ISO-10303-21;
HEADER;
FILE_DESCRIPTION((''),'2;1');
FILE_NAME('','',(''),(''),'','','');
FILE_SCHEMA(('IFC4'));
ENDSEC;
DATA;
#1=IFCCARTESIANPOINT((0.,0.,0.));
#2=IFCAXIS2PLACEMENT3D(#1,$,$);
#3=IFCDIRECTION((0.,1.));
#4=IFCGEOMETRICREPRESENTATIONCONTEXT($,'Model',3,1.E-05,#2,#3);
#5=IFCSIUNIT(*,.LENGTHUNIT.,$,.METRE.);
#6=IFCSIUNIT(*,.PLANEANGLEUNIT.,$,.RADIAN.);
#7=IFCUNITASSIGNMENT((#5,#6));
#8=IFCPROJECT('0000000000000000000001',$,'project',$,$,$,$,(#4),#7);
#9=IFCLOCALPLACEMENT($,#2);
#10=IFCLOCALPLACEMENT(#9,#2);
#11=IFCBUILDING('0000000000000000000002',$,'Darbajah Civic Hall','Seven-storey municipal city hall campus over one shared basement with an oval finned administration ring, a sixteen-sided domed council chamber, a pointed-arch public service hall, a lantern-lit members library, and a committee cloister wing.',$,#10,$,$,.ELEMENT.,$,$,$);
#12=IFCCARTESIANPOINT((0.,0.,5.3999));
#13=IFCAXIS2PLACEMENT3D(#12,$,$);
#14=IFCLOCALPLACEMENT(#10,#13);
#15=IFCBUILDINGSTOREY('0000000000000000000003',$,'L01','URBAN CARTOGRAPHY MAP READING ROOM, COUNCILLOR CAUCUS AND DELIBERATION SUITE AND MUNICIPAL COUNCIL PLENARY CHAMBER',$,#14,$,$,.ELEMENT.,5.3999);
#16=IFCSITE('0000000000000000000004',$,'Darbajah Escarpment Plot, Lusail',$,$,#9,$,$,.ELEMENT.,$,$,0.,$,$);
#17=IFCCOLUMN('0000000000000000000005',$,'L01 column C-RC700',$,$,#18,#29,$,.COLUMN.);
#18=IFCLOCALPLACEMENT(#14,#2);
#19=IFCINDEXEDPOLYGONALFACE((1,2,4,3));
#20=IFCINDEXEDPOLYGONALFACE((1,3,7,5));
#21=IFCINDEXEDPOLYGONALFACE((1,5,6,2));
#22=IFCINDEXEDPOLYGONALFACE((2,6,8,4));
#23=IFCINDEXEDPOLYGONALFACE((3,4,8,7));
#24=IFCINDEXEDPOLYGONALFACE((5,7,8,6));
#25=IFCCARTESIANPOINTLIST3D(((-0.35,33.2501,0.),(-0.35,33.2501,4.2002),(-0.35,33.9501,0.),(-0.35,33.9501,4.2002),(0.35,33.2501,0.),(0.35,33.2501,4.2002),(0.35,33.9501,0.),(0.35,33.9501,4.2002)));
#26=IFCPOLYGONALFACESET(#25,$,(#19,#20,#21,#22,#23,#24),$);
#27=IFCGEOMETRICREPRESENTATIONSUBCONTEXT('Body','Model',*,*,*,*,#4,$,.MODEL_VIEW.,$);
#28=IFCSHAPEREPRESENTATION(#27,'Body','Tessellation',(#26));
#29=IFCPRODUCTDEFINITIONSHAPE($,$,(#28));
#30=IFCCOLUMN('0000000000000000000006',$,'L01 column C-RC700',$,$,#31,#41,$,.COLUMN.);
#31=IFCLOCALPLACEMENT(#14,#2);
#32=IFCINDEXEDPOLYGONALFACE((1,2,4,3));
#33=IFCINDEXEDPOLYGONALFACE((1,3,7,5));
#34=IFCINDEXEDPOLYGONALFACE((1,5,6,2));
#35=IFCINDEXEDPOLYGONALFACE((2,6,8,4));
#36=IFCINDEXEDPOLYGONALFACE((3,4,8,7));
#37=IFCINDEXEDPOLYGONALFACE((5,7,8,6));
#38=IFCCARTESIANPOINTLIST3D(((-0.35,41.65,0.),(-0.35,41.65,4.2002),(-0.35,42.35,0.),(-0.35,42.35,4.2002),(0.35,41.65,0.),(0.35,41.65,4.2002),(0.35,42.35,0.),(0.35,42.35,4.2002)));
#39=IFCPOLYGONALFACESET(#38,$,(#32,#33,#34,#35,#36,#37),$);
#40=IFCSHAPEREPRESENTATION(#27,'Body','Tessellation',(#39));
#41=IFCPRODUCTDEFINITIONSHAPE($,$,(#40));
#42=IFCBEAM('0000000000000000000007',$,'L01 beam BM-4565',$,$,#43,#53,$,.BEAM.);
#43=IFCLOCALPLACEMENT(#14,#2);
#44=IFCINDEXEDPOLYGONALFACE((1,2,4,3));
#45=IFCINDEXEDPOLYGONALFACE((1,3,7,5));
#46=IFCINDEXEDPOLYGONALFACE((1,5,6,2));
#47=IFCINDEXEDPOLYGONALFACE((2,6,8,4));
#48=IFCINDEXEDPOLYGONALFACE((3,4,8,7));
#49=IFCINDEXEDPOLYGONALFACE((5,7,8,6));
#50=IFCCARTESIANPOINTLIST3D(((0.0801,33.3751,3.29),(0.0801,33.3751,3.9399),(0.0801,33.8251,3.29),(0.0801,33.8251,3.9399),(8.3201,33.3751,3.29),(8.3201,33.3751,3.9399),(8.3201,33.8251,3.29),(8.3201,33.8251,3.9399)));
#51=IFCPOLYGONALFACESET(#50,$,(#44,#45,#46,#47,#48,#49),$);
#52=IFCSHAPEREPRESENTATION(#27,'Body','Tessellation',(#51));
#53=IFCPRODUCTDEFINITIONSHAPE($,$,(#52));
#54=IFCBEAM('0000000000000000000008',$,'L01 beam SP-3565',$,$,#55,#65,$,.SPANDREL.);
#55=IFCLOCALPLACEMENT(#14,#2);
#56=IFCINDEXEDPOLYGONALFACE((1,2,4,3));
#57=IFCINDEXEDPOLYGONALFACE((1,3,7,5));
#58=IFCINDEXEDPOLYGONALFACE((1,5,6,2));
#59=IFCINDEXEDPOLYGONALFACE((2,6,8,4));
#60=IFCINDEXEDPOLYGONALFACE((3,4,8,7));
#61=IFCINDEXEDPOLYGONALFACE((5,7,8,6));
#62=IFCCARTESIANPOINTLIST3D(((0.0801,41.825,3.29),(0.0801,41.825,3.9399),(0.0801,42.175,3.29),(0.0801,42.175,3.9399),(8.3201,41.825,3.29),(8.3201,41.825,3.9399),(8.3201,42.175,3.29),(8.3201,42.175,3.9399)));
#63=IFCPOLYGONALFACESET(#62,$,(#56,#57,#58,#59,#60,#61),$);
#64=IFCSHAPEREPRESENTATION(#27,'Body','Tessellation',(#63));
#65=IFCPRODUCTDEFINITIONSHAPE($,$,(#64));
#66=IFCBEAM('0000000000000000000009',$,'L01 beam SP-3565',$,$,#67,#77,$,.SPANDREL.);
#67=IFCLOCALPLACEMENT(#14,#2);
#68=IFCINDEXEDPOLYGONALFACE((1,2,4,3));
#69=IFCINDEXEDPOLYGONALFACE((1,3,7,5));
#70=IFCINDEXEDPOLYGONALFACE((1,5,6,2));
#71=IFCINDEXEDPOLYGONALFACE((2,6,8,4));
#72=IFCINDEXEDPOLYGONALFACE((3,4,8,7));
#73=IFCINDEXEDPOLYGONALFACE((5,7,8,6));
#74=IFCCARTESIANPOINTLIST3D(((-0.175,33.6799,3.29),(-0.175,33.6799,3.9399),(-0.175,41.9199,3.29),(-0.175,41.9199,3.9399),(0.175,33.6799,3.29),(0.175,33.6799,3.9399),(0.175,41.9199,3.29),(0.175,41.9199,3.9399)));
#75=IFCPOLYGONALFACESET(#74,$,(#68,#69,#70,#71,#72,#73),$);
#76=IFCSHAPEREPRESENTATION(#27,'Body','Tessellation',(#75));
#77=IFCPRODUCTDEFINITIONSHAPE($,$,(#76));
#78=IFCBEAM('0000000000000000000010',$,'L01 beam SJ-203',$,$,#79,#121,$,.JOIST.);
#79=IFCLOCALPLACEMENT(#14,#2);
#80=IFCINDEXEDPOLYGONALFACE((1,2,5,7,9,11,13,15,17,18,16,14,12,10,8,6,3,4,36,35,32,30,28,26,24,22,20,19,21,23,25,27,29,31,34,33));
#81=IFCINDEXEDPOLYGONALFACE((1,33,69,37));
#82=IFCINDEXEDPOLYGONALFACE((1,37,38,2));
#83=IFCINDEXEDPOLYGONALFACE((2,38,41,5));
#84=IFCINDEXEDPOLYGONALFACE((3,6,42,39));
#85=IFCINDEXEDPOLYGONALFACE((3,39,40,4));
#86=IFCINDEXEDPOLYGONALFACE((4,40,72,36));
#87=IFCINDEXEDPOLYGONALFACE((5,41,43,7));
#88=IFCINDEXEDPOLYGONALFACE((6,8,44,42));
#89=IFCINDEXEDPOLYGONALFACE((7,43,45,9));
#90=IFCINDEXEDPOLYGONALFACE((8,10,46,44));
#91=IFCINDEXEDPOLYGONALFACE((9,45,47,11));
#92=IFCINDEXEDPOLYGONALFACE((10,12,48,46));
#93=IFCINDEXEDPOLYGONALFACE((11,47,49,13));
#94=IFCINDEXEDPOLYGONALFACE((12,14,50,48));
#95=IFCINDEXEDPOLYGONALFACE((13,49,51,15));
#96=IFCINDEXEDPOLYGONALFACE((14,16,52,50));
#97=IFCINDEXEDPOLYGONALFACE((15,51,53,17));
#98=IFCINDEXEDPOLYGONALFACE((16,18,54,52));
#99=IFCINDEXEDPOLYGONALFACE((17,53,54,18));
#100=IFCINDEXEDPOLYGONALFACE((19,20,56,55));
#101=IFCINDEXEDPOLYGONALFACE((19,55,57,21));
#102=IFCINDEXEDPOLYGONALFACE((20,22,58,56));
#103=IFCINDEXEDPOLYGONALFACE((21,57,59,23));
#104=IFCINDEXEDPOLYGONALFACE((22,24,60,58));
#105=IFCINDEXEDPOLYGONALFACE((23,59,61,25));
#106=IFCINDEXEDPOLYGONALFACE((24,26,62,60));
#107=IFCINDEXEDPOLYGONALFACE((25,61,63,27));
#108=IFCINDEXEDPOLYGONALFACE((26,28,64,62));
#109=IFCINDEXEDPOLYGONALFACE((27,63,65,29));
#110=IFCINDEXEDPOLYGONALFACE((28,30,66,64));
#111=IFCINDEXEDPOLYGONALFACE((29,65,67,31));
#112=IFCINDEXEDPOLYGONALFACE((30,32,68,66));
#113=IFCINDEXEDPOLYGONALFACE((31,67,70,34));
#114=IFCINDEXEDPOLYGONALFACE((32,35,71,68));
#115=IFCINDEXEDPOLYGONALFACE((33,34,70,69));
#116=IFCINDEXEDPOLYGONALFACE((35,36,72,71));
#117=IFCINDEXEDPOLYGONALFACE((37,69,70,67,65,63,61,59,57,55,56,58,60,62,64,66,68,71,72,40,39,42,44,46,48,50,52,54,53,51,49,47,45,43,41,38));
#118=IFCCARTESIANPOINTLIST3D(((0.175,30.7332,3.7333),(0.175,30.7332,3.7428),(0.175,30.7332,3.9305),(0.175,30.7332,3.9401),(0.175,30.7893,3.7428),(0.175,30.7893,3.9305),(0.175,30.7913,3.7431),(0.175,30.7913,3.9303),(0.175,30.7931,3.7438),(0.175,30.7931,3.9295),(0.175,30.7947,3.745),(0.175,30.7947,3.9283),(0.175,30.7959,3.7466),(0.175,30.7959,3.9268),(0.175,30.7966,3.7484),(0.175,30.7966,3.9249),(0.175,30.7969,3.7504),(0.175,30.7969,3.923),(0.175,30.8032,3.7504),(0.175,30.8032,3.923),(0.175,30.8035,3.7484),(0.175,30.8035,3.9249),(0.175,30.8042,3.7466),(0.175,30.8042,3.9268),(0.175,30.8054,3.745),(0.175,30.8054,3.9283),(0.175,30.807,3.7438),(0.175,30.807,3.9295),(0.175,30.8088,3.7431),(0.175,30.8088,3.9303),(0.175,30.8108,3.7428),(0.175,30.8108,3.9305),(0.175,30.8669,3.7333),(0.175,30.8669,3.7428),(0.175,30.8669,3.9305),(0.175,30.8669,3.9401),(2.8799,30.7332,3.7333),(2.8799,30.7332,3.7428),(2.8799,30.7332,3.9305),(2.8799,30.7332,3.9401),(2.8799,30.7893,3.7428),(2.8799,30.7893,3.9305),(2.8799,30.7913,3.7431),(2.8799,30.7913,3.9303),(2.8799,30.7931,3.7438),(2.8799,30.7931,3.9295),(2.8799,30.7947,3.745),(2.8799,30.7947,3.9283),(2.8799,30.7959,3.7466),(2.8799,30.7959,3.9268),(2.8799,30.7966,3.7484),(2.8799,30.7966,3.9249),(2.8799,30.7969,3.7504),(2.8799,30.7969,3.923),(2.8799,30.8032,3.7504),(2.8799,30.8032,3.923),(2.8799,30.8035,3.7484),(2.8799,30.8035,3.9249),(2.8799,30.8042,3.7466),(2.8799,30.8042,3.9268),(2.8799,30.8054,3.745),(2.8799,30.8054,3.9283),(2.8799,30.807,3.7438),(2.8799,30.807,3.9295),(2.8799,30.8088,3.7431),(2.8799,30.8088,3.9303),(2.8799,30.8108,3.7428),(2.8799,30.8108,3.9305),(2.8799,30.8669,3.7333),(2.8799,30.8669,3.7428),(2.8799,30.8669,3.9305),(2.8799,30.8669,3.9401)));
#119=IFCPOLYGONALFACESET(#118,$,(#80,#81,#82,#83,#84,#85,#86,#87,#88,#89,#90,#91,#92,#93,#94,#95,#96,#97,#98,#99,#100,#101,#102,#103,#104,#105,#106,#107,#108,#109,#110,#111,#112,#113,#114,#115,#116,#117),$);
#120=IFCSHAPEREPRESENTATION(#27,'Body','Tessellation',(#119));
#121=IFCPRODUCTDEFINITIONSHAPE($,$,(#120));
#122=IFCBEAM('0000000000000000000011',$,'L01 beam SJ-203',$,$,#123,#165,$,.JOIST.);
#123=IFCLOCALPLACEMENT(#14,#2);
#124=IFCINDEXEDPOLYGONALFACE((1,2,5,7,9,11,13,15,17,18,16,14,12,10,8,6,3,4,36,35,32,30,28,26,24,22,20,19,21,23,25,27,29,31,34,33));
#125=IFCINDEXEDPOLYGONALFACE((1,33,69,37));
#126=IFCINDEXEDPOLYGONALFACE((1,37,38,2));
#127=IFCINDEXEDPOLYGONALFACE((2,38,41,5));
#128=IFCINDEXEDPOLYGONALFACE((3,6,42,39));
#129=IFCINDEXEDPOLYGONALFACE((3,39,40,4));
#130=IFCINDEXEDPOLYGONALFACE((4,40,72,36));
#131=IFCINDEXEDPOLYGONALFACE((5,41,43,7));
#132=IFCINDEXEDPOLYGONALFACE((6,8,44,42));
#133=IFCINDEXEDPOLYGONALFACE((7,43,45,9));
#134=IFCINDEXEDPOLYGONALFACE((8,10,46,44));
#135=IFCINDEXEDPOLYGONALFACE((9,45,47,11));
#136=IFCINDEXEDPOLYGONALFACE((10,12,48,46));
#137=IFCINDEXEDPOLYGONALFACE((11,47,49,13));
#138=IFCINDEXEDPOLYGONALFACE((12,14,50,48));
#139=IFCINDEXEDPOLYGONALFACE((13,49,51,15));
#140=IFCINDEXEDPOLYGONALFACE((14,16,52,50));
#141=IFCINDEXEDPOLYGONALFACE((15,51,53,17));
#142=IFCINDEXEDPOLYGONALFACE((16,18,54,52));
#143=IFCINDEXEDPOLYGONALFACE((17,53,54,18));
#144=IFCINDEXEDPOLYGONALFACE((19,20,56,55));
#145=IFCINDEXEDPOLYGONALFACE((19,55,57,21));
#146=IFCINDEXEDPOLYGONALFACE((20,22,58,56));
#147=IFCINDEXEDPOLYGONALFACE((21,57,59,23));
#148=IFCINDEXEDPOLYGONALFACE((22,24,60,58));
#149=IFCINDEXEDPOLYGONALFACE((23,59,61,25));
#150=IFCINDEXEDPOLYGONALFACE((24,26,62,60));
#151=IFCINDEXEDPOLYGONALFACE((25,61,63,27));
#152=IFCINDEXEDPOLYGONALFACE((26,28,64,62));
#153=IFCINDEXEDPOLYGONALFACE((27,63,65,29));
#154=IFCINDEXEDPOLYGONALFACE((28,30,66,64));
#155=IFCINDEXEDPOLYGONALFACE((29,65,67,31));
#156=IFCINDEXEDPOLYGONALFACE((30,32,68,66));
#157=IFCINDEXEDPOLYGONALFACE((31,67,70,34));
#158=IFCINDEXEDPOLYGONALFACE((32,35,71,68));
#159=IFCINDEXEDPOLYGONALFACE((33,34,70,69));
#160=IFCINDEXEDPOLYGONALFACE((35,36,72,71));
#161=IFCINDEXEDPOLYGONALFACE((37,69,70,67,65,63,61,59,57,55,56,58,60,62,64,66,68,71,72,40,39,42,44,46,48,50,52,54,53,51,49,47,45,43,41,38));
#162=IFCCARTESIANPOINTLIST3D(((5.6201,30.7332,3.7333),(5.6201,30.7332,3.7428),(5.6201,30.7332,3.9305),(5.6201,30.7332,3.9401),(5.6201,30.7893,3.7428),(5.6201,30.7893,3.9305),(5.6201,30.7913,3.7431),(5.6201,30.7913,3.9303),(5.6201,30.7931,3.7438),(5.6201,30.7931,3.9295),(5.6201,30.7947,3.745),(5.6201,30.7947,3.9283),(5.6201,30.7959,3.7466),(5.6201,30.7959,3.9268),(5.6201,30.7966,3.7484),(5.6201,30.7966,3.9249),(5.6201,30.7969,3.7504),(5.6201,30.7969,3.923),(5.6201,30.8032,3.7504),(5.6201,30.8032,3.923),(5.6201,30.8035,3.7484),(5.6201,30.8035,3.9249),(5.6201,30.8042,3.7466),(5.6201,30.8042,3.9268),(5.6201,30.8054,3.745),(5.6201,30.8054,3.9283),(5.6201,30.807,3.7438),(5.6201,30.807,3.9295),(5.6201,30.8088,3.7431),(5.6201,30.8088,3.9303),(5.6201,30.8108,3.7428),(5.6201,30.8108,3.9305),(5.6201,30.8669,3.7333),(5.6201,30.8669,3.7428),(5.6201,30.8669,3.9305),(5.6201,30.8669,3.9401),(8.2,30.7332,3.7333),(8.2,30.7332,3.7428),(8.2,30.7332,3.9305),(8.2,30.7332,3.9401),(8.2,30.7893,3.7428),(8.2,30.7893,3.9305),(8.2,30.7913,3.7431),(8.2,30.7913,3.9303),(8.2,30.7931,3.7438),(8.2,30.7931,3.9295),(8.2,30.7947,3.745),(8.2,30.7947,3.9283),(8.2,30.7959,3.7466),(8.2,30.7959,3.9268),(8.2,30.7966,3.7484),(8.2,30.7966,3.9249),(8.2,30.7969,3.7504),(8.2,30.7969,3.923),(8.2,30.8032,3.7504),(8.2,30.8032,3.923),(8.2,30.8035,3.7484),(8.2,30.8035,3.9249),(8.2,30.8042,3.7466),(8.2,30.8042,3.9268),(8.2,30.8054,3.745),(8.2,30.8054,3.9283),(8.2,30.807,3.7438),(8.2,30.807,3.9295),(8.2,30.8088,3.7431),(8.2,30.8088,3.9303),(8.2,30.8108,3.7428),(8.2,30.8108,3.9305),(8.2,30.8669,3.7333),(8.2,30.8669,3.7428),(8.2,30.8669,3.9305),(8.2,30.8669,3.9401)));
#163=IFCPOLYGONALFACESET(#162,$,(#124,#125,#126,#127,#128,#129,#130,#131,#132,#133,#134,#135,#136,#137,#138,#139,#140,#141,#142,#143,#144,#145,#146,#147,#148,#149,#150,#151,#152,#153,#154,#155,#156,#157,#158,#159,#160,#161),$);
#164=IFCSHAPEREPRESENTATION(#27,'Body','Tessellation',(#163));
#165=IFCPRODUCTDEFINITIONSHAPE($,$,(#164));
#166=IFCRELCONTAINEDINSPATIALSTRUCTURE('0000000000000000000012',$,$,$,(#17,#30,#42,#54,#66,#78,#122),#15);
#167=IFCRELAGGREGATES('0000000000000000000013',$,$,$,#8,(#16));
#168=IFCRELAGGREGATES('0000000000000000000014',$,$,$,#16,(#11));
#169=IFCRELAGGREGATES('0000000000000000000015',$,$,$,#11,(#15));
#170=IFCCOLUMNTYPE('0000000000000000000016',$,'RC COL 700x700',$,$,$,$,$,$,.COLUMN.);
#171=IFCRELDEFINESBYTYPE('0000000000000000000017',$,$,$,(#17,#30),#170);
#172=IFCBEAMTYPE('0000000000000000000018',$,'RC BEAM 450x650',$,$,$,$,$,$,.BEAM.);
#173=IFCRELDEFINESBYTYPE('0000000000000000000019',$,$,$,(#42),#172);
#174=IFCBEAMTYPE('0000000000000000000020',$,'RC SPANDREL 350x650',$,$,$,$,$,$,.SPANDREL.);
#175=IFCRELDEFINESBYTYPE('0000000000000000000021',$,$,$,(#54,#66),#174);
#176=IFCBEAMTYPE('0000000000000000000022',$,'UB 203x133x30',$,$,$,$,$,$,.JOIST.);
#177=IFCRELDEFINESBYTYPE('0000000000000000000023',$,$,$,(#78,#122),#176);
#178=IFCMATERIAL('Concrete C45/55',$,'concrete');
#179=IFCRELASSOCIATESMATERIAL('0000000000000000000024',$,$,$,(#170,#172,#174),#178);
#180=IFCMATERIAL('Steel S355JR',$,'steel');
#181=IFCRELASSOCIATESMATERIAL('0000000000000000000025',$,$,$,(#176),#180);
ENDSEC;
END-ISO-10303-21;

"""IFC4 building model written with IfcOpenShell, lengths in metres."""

from ifc_helpers import new_model, si_unit, direction, frame, origin, origin_2d, place, context, subcontext, project, spatial, rectangle, i_section, extrude, material, material_profile, profile_set, type_object, element, save


model = new_model("IFC4")

# Units and contexts
model_context = context("Model", 3, precision=1e-05, world=origin(), true_north=direction((0.0, 1.0)))
body_context = subcontext(model_context, "Body", "Model", "MODEL_VIEW")
ifc_project = project(units=[si_unit("LENGTHUNIT", "METRE"), si_unit("PLANEANGLEUNIT", "RADIAN")], contexts=[model_context])

# Site, building, storey
site_placement = place(None, origin())
site = spatial("IfcSite", under=ifc_project, at=site_placement, Name="Darbajah Escarpment Plot, Lusail", CompositionType="ELEMENT", RefElevation=0.0)
building_placement = place(site_placement, origin())
building = spatial("IfcBuilding", under=site, at=building_placement, Name="Darbajah Civic Hall", Description="Seven-storey municipal city hall campus over one shared basement with an oval finned administration ring, a sixteen-sided domed council chamber, a pointed-arch public service hall, a lantern-lit members library, and a committee cloister wing.", CompositionType="ELEMENT")
storey_placement = place(building_placement, frame((0.0, 0.0, 5.3999)))
storey = spatial("IfcBuildingStorey", under=building, at=storey_placement, Name="L01", Description="URBAN CARTOGRAPHY MAP READING ROOM, COUNCILLOR CAUCUS AND DELIBERATION SUITE AND MUNICIPAL COUNCIL PLENARY CHAMBER", CompositionType="ELEMENT", Elevation=5.3999)

# Columns
ifc_material_1 = material(Name="Concrete C45/55", Category="concrete")
ifc_material_profile_1 = material_profile(ifc_material_1, rectangle(XDim=0.7, YDim=0.7, at=origin_2d()), Name="RC COL 700x700")
ifc_profile_set_1 = profile_set([ifc_material_profile_1], Name="Concrete C45/55")
column_type = type_object("IfcColumnType", Name="RC COL 700x700", PredefinedType="COLUMN", material=ifc_profile_set_1)
for number, where, z_axis, x_axis, name in (
    (1, (0.0, 33.6001, 0.0), (0.0, 0.0, 1.0), (1.0, 0.0, 0.0), "L01 column C-RC700"),
    (2, (0.0, 42.0, 0.0), (0.0, 0.0, 1.0), (1.0, 0.0, 0.0), "L01 column C-RC700"),
):
    element("IfcColumn", number, at=place(storey_placement, frame(where, z_axis=z_axis, x_axis=x_axis)), inside=storey, type_object=column_type, Name=name, PredefinedType="COLUMN", context=body_context, shape_type="SweptSolid", body=[
        extrude(rectangle(XDim=0.7, YDim=0.7, at=origin_2d()), origin(), (0.0, 0.0, 1.0), 4.2002),
    ])

# Beams
ifc_material_profile_2 = material_profile(ifc_material_1, rectangle(XDim=0.45, YDim=0.6499, at=origin_2d()), Name="RC BEAM 450x650")
ifc_profile_set_2 = profile_set([ifc_material_profile_2], Name="Concrete C45/55")
beam_type_1 = type_object("IfcBeamType", Name="RC BEAM 450x650", PredefinedType="BEAM", material=ifc_profile_set_2)
beam_1_placement = place(storey_placement, frame((0.0801, 33.6001, 3.615), z_axis=(1.0, 0.0, 0.0), x_axis=(0.0, 1.0, 0.0)))
element("IfcBeam", 3, at=beam_1_placement, inside=storey, type_object=beam_type_1, Name="L01 beam BM-4565", PredefinedType="BEAM", context=body_context, shape_type="SweptSolid", body=[
    extrude(rectangle(XDim=0.45, YDim=0.6499, at=origin_2d()), origin(), (0.0, 0.0, 1.0), 8.24),
])
ifc_material_profile_3 = material_profile(ifc_material_1, rectangle(XDim=0.3501, YDim=0.6499, at=origin_2d()), Name="RC SPANDREL 350x650")
ifc_profile_set_3 = profile_set([ifc_material_profile_3], Name="Concrete C45/55")
beam_type_2 = type_object("IfcBeamType", Name="RC SPANDREL 350x650", PredefinedType="SPANDREL", material=ifc_profile_set_3)
for number, where, z_axis, x_axis, name in (
    (4, (0.0801, 42.0, 3.615), (1.0, 0.0, 0.0), (0.0, 1.0, 0.0), "L01 beam SP-3565"),
    (5, (0.0, 33.6799, 3.615), (0.0, 1.0, 0.0), (-1.0, 0.0, 0.0), "L01 beam SP-3565"),
):
    element("IfcBeam", number, at=place(storey_placement, frame(where, z_axis=z_axis, x_axis=x_axis)), inside=storey, type_object=beam_type_2, Name=name, PredefinedType="SPANDREL", context=body_context, shape_type="SweptSolid", body=[
        extrude(rectangle(XDim=0.3501, YDim=0.6499, at=origin_2d()), origin(), (0.0, 0.0, 1.0), 8.24),
    ])
ifc_material_2 = material(Name="Steel S355JR", Category="steel")
ifc_material_profile_4 = material_profile(ifc_material_2, i_section(OverallWidth=0.1338, OverallDepth=0.2068, WebThickness=0.0063, FlangeThickness=0.0095, FilletRadius=0.0076, at=origin_2d()), Name="UB 203x133x30")
ifc_profile_set_4 = profile_set([ifc_material_profile_4], Name="Steel S355JR")
beam_type_3 = type_object("IfcBeamType", Name="UB 203x133x30", PredefinedType="JOIST", material=ifc_profile_set_4)
beam_2_placement = place(storey_placement, frame((0.175, 30.8, 3.8367), z_axis=(1.0, 0.0, 0.0), x_axis=(0.0, 1.0, 0.0)))
element("IfcBeam", 6, at=beam_2_placement, inside=storey, type_object=beam_type_3, Name="L01 beam SJ-203", PredefinedType="JOIST", context=body_context, shape_type="SweptSolid", body=[
    extrude(i_section(OverallWidth=0.1338, OverallDepth=0.2068, WebThickness=0.0063, FlangeThickness=0.0095, FilletRadius=0.0076, at=origin_2d()), origin(), (0.0, 0.0, 1.0), 2.7048),
])
beam_3_placement = place(storey_placement, frame((5.6201, 30.8, 3.8367), z_axis=(1.0, 0.0, 0.0), x_axis=(0.0, 1.0, 0.0)))
element("IfcBeam", 7, at=beam_3_placement, inside=storey, type_object=beam_type_3, Name="L01 beam SJ-203", PredefinedType="JOIST", context=body_context, shape_type="SweptSolid", body=[
    extrude(i_section(OverallWidth=0.1338, OverallDepth=0.2068, WebThickness=0.0063, FlangeThickness=0.0095, FilletRadius=0.0076, at=origin_2d()), origin(), (0.0, 0.0, 1.0), 2.5798),
])

save(model, "model.ifc")
